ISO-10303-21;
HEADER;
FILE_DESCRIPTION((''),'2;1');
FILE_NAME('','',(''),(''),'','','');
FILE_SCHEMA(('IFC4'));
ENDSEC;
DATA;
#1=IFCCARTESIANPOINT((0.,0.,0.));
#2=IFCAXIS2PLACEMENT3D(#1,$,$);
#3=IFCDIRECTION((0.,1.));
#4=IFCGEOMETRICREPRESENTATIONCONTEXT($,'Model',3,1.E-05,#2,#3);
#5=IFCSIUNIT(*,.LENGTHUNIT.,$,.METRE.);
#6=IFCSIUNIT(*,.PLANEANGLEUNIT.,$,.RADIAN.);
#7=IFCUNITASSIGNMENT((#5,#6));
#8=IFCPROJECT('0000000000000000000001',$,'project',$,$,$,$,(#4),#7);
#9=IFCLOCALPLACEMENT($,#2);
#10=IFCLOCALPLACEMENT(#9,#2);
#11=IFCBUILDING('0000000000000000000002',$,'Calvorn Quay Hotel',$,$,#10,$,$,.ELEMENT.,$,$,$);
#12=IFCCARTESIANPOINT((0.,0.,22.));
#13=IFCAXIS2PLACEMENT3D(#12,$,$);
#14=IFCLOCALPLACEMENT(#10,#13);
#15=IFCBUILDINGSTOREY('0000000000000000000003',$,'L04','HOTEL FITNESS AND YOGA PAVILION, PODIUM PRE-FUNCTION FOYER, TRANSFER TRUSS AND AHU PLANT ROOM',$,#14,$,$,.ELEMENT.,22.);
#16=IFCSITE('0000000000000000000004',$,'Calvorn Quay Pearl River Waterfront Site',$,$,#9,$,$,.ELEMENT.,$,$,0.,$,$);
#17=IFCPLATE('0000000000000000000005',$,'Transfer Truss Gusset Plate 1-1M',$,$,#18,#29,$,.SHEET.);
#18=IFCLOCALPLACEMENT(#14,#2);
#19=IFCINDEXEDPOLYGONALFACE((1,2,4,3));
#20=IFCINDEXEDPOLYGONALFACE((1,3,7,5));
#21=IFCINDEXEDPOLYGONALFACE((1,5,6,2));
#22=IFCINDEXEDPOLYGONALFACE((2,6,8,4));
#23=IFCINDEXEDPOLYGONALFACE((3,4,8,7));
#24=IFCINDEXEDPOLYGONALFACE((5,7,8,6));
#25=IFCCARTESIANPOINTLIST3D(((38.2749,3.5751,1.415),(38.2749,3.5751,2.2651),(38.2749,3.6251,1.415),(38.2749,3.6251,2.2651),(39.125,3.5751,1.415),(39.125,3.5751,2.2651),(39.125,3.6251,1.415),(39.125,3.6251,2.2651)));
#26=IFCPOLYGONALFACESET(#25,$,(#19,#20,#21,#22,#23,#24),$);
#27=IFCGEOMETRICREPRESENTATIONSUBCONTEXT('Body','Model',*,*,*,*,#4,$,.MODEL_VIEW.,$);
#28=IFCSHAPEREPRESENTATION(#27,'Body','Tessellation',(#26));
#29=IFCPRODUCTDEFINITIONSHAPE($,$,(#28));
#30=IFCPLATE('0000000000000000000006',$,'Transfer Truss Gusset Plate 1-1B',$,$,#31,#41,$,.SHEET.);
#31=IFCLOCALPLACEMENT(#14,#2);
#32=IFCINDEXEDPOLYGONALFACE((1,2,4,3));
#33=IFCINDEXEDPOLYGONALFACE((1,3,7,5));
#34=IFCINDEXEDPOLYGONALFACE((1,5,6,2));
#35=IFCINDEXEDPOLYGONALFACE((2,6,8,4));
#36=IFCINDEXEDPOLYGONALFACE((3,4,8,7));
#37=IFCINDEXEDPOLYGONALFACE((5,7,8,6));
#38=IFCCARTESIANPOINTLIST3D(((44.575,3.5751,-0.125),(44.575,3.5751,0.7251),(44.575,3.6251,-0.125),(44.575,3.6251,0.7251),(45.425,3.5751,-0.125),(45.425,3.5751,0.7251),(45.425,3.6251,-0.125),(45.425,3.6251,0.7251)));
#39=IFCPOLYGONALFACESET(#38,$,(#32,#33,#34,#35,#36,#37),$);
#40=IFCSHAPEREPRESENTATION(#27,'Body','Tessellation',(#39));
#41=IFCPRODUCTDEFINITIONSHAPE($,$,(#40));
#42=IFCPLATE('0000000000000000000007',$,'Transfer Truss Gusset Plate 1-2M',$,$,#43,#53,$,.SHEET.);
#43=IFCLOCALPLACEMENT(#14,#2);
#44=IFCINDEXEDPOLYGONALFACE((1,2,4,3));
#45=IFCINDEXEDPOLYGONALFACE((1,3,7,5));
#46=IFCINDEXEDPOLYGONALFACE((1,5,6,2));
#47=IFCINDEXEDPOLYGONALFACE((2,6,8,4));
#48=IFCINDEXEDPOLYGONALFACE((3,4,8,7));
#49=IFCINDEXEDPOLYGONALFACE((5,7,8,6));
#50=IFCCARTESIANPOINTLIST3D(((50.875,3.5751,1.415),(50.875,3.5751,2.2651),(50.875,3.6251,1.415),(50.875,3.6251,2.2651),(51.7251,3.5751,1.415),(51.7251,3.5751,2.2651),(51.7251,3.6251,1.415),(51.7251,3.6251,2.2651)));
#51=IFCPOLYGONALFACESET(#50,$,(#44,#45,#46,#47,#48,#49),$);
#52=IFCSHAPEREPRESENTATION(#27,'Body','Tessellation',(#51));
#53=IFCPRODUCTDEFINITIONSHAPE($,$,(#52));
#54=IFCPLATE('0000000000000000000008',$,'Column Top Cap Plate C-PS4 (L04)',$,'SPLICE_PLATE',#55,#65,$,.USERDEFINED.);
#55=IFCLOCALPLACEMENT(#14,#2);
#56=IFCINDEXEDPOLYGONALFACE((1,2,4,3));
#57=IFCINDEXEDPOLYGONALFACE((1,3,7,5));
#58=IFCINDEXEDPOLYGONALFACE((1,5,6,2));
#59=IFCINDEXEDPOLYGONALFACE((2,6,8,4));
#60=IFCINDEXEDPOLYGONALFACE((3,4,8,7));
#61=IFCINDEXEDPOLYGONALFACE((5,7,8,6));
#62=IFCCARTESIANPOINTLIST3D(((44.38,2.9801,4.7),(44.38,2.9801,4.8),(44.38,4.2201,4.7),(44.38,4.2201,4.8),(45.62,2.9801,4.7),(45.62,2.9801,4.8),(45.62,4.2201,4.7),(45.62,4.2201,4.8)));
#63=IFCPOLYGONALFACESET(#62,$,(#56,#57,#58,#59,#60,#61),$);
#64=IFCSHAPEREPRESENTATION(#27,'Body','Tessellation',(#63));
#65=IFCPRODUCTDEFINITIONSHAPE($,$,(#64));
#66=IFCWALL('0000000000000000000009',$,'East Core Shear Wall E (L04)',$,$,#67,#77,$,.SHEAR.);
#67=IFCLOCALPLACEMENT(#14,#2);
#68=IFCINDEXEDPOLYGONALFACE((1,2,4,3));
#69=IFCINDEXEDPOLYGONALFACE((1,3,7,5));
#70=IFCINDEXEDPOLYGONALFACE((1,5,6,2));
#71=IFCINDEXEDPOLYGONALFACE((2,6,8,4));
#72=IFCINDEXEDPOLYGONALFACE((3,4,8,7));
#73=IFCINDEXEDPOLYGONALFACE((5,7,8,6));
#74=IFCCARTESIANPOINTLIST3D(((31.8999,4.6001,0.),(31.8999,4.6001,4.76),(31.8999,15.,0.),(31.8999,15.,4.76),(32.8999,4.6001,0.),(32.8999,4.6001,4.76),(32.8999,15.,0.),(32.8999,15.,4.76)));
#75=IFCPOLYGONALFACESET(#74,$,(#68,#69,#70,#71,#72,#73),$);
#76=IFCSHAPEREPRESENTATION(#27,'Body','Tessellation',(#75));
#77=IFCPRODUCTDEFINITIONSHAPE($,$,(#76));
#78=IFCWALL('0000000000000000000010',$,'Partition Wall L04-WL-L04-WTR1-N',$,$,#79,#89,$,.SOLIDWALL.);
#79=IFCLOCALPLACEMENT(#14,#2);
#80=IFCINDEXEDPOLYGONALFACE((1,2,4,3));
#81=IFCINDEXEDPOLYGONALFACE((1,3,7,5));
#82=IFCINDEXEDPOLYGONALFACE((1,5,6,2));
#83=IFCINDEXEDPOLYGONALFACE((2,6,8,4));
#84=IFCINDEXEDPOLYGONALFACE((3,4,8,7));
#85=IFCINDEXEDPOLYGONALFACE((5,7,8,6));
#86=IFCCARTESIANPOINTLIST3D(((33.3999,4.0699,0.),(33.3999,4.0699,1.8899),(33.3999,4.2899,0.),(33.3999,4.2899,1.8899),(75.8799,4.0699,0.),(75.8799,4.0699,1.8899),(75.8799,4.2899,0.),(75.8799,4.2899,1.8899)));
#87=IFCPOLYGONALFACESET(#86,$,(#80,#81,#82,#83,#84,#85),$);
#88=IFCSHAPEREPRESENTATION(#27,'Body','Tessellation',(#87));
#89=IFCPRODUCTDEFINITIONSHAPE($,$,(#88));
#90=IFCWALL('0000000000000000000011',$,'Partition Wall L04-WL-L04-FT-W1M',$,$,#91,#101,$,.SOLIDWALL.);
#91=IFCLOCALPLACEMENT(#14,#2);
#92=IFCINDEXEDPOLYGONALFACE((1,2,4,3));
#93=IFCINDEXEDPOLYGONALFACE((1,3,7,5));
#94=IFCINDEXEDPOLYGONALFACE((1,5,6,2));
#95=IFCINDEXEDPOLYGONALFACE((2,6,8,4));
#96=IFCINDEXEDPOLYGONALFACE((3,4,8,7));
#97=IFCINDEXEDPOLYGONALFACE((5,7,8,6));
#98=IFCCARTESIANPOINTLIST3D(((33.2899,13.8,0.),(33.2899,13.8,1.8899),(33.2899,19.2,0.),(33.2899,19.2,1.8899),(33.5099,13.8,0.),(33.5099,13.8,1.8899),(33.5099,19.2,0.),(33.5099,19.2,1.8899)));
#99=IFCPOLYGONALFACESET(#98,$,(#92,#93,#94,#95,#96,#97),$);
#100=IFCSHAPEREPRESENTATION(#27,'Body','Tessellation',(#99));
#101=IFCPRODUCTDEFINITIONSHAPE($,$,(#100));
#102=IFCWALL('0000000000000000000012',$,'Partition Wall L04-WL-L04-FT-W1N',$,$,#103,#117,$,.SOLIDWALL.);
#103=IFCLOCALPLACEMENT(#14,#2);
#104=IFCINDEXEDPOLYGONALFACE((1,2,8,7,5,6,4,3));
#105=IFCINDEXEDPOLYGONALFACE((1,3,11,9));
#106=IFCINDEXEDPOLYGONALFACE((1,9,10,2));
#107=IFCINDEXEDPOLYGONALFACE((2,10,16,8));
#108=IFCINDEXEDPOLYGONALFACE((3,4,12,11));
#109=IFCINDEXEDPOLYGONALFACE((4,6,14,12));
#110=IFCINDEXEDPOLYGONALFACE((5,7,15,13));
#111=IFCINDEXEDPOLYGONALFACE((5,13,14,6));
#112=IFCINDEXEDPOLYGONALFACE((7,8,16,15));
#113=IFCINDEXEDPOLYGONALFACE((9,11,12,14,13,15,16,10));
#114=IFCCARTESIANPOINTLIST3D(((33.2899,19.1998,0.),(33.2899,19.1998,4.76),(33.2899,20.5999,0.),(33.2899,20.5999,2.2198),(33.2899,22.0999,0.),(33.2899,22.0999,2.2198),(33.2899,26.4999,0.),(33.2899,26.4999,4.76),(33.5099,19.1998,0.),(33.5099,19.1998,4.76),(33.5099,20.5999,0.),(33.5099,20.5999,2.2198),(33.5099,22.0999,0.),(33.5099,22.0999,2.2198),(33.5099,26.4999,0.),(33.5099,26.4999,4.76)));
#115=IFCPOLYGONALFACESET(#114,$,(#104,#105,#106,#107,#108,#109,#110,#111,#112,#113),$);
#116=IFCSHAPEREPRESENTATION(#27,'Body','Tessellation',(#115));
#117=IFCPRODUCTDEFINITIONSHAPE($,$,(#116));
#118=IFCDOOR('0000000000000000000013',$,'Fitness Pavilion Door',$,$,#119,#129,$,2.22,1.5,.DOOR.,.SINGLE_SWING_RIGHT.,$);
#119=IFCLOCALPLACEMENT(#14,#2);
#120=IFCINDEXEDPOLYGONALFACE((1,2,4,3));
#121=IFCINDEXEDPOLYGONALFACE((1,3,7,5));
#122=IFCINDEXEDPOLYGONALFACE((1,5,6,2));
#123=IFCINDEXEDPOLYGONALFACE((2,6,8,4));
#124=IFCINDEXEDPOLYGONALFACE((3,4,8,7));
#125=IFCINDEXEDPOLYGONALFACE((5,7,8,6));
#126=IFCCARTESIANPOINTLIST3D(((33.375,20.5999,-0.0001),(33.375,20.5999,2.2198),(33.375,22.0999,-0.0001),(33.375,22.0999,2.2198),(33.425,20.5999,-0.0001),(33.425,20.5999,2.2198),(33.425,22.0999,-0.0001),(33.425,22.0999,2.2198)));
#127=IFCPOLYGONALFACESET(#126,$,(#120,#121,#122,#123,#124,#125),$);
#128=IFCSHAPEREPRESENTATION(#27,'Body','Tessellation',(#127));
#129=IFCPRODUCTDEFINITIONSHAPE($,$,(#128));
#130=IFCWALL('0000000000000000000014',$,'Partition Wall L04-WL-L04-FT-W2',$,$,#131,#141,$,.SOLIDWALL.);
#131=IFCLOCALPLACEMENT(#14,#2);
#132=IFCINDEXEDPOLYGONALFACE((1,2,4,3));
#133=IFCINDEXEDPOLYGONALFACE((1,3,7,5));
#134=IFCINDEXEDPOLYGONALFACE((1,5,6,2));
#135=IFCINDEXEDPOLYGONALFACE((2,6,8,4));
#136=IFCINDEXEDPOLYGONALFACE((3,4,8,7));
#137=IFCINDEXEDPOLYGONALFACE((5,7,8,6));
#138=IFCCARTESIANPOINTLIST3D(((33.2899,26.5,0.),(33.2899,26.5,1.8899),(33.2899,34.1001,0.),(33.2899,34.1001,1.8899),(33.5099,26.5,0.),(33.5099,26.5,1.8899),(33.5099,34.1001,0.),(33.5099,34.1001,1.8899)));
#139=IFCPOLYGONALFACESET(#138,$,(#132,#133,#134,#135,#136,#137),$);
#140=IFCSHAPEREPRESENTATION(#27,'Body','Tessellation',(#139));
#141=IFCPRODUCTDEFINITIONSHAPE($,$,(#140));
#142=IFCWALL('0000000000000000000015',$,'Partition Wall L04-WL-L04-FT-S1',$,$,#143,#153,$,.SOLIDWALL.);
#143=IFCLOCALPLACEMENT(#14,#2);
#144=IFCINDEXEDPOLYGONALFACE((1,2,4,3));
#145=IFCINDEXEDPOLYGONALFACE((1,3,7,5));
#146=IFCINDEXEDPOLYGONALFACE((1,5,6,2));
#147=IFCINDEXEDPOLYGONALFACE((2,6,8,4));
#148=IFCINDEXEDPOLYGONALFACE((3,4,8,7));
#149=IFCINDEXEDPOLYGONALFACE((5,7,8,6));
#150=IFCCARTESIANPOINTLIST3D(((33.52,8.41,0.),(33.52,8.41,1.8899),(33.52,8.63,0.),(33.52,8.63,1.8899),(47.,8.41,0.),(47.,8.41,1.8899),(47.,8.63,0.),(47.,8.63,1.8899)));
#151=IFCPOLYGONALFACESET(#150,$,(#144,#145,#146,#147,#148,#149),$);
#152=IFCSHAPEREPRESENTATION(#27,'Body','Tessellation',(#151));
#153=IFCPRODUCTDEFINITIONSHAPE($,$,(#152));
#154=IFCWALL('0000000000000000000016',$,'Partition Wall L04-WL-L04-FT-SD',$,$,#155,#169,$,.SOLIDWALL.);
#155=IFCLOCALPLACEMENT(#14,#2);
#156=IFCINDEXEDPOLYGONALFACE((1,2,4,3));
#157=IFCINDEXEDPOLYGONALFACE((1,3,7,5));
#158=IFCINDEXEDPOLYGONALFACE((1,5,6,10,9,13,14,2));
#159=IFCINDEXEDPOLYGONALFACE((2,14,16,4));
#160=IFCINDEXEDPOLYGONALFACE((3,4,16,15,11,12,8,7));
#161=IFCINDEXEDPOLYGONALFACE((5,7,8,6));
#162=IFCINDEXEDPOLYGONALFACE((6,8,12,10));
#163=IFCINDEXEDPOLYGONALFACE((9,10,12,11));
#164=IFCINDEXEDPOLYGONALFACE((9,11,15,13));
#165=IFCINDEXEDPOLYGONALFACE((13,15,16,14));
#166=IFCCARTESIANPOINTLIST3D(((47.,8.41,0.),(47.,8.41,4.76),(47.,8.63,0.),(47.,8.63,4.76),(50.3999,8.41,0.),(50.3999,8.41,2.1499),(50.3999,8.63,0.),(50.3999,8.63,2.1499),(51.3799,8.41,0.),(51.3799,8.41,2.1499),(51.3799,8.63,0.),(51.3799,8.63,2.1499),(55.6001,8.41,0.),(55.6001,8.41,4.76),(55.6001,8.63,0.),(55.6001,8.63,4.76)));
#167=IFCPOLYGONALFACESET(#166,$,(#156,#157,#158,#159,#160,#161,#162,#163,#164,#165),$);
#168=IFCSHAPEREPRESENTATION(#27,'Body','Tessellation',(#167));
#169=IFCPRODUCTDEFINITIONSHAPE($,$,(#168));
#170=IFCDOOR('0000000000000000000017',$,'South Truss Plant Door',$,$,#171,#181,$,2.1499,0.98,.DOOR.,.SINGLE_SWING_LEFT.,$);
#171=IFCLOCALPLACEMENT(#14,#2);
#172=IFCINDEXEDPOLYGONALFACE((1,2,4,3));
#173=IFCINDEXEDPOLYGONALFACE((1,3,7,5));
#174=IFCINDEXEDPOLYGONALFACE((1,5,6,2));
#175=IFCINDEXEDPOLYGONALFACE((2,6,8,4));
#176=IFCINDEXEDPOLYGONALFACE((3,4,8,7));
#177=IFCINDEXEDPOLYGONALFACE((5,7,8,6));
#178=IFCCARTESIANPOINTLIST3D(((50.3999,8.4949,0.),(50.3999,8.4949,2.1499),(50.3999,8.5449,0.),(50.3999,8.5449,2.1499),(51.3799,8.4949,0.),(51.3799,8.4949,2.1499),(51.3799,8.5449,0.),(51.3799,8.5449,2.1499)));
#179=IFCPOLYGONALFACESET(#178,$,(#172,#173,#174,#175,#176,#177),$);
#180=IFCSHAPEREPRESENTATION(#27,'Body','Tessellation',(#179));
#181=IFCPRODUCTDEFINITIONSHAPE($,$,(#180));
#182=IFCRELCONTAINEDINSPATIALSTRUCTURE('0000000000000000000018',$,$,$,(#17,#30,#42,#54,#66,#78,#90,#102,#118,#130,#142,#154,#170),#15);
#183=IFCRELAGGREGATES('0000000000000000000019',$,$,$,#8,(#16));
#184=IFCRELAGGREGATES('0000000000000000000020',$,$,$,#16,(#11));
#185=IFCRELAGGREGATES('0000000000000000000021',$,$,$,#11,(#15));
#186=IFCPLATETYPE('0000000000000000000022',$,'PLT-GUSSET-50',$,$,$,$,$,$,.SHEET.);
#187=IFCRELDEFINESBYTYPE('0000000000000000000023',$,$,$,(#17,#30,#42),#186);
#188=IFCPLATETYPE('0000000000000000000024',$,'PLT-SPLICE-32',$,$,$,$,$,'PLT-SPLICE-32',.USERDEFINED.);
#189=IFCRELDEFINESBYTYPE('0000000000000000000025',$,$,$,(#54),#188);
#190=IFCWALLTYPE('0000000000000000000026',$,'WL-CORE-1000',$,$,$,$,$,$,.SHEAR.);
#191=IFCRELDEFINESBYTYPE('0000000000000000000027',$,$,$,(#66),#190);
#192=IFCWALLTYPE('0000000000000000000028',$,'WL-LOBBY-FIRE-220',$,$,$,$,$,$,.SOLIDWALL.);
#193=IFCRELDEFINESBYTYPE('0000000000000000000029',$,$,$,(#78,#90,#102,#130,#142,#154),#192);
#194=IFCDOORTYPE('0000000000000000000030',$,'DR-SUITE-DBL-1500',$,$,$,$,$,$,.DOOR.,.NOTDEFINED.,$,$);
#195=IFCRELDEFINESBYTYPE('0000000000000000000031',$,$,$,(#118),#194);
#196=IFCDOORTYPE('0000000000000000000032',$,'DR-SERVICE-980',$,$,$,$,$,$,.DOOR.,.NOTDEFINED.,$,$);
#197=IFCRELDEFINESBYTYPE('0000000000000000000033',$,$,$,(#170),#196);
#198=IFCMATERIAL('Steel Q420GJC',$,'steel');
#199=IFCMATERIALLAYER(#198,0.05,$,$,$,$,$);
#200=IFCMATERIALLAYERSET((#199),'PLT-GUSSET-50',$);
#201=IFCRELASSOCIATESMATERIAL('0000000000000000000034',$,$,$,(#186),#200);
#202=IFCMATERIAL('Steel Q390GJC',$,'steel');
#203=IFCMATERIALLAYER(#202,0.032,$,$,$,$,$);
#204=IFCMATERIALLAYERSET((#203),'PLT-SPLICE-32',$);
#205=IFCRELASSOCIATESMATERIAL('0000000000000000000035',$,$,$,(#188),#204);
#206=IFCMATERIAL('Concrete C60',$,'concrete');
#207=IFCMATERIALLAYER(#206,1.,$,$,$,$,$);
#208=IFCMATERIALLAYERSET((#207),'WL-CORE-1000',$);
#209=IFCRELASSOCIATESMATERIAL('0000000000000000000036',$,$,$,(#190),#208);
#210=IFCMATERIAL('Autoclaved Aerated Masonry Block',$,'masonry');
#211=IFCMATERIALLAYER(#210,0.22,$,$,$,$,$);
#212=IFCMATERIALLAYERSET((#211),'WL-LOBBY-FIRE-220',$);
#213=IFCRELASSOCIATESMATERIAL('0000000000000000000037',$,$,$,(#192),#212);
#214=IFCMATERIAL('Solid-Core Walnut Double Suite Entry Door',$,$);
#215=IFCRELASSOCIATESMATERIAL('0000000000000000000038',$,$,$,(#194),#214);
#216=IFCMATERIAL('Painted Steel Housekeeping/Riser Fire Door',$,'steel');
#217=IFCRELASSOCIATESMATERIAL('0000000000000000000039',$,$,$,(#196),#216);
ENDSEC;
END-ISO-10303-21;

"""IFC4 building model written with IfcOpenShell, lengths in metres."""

from ifc_helpers import new_model, si_unit, direction, frame, frame_2d, origin, origin_2d, place, context, subcontext, project, spatial, rectangle, extrude, material, layer, layer_set, type_object, element, fill, save


model = new_model("IFC4")

# Units and contexts
model_context = context("Model", 3, precision=1e-05, world=origin(), true_north=direction((0.0, 1.0)))
body_context = subcontext(model_context, "Body", "Model", "MODEL_VIEW")
ifc_project = project(units=[si_unit("LENGTHUNIT", "METRE"), si_unit("PLANEANGLEUNIT", "RADIAN")], contexts=[model_context])

# Site, building, storey
site_placement = place(None, origin())
site = spatial("IfcSite", under=ifc_project, at=site_placement, Name="Calvorn Quay Pearl River Waterfront Site", CompositionType="ELEMENT", RefElevation=0.0)
building_placement = place(site_placement, origin())
building = spatial("IfcBuilding", under=site, at=building_placement, Name="Calvorn Quay Hotel", CompositionType="ELEMENT")
storey_placement = place(building_placement, frame((0.0, 0.0, 22.0)))
storey = spatial("IfcBuildingStorey", under=building, at=storey_placement, Name="L04", Description="HOTEL FITNESS AND YOGA PAVILION, PODIUM PRE-FUNCTION FOYER, TRANSFER TRUSS AND AHU PLANT ROOM", CompositionType="ELEMENT", Elevation=22.0)

# Plates
ifc_material_1 = material(Name="Steel Q420GJC", Category="steel")
ifc_layer_1 = layer(ifc_material_1, 0.05)
ifc_layer_set_1 = layer_set([ifc_layer_1], Name="PLT-GUSSET-50")
plate_type_1 = type_object("IfcPlateType", Name="PLT-GUSSET-50", PredefinedType="SHEET", material=ifc_layer_set_1)
for number, where, z_axis, x_axis, name in (
    (1, (38.7, 3.6001, 1.415), (0.0, 0.0, 1.0), (1.0, 0.0, 0.0), "Transfer Truss Gusset Plate 1-1M"),
    (2, (45.0, 3.6001, -0.125), (0.0, 0.0, 1.0), (1.0, 0.0, 0.0), "Transfer Truss Gusset Plate 1-1B"),
    (3, (51.3, 3.6001, 1.415), (0.0, 0.0, 1.0), (1.0, 0.0, 0.0), "Transfer Truss Gusset Plate 1-2M"),
):
    element("IfcPlate", number, at=place(storey_placement, frame(where, z_axis=z_axis, x_axis=x_axis)), inside=storey, type_object=plate_type_1, Name=name, PredefinedType="SHEET", context=body_context, shape_type="SweptSolid", body=[
        extrude(rectangle(XDim=0.8501, YDim=0.05, at=origin_2d()), origin(), (0.0, 0.0, 1.0), 0.8501),
    ])
ifc_material_2 = material(Name="Steel Q390GJC", Category="steel")
ifc_layer_2 = layer(ifc_material_2, 0.032)
ifc_layer_set_2 = layer_set([ifc_layer_2], Name="PLT-SPLICE-32")
plate_type_2 = type_object("IfcPlateType", Name="PLT-SPLICE-32", ElementType="PLT-SPLICE-32", PredefinedType="USERDEFINED", material=ifc_layer_set_2)
plate_placement = place(storey_placement, frame((45.0, 3.6001, 4.7), z_axis=(0.0, 0.0, 1.0), x_axis=(1.0, 0.0, 0.0)))
element("IfcPlate", 4, at=plate_placement, inside=storey, type_object=plate_type_2, Name="Column Top Cap Plate C-PS4 (L04)", ObjectType="SPLICE_PLATE", PredefinedType="USERDEFINED", context=body_context, shape_type="SweptSolid", body=[
    extrude(rectangle(XDim=1.24, YDim=1.24, at=origin_2d()), origin(), (0.0, 0.0, 1.0), 0.1001),
])

# Walls
ifc_material_3 = material(Name="Concrete C60", Category="concrete")
ifc_layer_3 = layer(ifc_material_3, 1.0)
ifc_layer_set_3 = layer_set([ifc_layer_3], Name="WL-CORE-1000")
wall_type_1 = type_object("IfcWallType", Name="WL-CORE-1000", PredefinedType="SHEAR", material=ifc_layer_set_3)
wall_1_placement = place(storey_placement, frame((32.3999, 4.6001, 0.0), z_axis=(0.0, 0.0, 1.0), x_axis=(0.0, 1.0, 0.0)))
element("IfcWall", 5, at=wall_1_placement, inside=storey, type_object=wall_type_1, Name="East Core Shear Wall E (L04)", PredefinedType="SHEAR", context=body_context, shape_type="SweptSolid", body=[
    extrude(rectangle(XDim=10.3999, YDim=1.0, at=frame_2d((5.2, 0.0))), origin(), (0.0, 0.0, 1.0), 4.76),
])
ifc_material_4 = material(Name="Autoclaved Aerated Masonry Block", Category="masonry")
ifc_layer_4 = layer(ifc_material_4, 0.22)
ifc_layer_set_4 = layer_set([ifc_layer_4], Name="WL-LOBBY-FIRE-220")
wall_type_2 = type_object("IfcWallType", Name="WL-LOBBY-FIRE-220", PredefinedType="SOLIDWALL", material=ifc_layer_set_4)
wall_2_placement = place(storey_placement, frame((33.3999, 4.1799, 0.0), z_axis=(0.0, 0.0, 1.0), x_axis=(1.0, 0.0, 0.0)))
element("IfcWall", 6, at=wall_2_placement, inside=storey, type_object=wall_type_2, Name="Partition Wall L04-WL-L04-WTR1-N", PredefinedType="SOLIDWALL", context=body_context, shape_type="SweptSolid", body=[
    extrude(rectangle(XDim=42.48, YDim=0.22, at=frame_2d((21.24, 0.0))), origin(), (0.0, 0.0, 1.0), 1.8899),
])
wall_3_placement = place(storey_placement, frame((33.3999, 13.8, 0.0), z_axis=(0.0, 0.0, 1.0), x_axis=(0.0, 1.0, 0.0)))
element("IfcWall", 7, at=wall_3_placement, inside=storey, type_object=wall_type_2, Name="Partition Wall L04-WL-L04-FT-W1M", PredefinedType="SOLIDWALL", context=body_context, shape_type="SweptSolid", body=[
    extrude(rectangle(XDim=5.3999, YDim=0.22, at=frame_2d((2.7, 0.0))), origin(), (0.0, 0.0, 1.0), 1.8899),
])

# Wall, opening, door
wall_4_placement = place(storey_placement, frame((33.3999, 19.2, 0.0), z_axis=(0.0, 0.0, 1.0), x_axis=(0.0, 1.0, 0.0)))
wall_4 = element("IfcWall", 8, at=wall_4_placement, inside=storey, type_object=wall_type_2, Name="Partition Wall L04-WL-L04-FT-W1N", PredefinedType="SOLIDWALL", context=body_context, shape_type="SweptSolid", body=[
    extrude(rectangle(XDim=7.3, YDim=0.22, at=frame_2d((3.6499, 0.0))), origin(), (0.0, 0.0, 1.0), 4.76),
])
opening_1_placement = place(wall_4_placement, frame((1.3999, 0.0, 0.0)))
opening_1 = element("IfcOpeningElement", 9, at=opening_1_placement, cuts=wall_4, PredefinedType="OPENING", context=body_context, shape_type="SweptSolid", body=[
    extrude(rectangle(XDim=1.5, YDim=2.22, at=frame_2d((0.75, 1.1099))), frame((0.0, 0.1199, 0.0), z_axis=(0.0, -1.0, 0.0), x_axis=(1.0, 0.0, 0.0)), (0.0, 0.0, 1.0), 0.24),
])
ifc_material_5 = material(Name="Solid-Core Walnut Double Suite Entry Door")
door_type_1 = type_object("IfcDoorType", Name="DR-SUITE-DBL-1500", OperationType="NOTDEFINED", PredefinedType="DOOR", material=ifc_material_5)
door_1_placement = place(opening_1_placement, origin())
door_1 = element("IfcDoor", 10, at=door_1_placement, inside=storey, type_object=door_type_1, Name="Fitness Pavilion Door", OperationType="SINGLE_SWING_RIGHT", OverallHeight=2.22, OverallWidth=1.5, PredefinedType="DOOR", context=body_context, shape_type="SweptSolid", body=[
    extrude(rectangle(XDim=1.5, YDim=2.22, at=frame_2d((0.75, 1.1099))), frame((0.0, 0.0249, 0.0), z_axis=(0.0, -1.0, 0.0), x_axis=(1.0, 0.0, 0.0)), (0.0, 0.0, 1.0), 0.05),
])
fill(opening_1, door_1)

# Walls
wall_5_placement = place(storey_placement, frame((33.3999, 26.5, 0.0), z_axis=(0.0, 0.0, 1.0), x_axis=(0.0, 1.0, 0.0)))
element("IfcWall", 11, at=wall_5_placement, inside=storey, type_object=wall_type_2, Name="Partition Wall L04-WL-L04-FT-W2", PredefinedType="SOLIDWALL", context=body_context, shape_type="SweptSolid", body=[
    extrude(rectangle(XDim=7.6001, YDim=0.22, at=frame_2d((3.8, 0.0))), origin(), (0.0, 0.0, 1.0), 1.8899),
])
wall_6_placement = place(storey_placement, frame((33.52, 8.52, 0.0), z_axis=(0.0, 0.0, 1.0), x_axis=(1.0, 0.0, 0.0)))
element("IfcWall", 12, at=wall_6_placement, inside=storey, type_object=wall_type_2, Name="Partition Wall L04-WL-L04-FT-S1", PredefinedType="SOLIDWALL", context=body_context, shape_type="SweptSolid", body=[
    extrude(rectangle(XDim=13.48, YDim=0.22, at=frame_2d((6.74, 0.0))), origin(), (0.0, 0.0, 1.0), 1.8899),
])

# Wall, opening, door
wall_7_placement = place(storey_placement, frame((47.0, 8.52, 0.0), z_axis=(0.0, 0.0, 1.0), x_axis=(1.0, 0.0, 0.0)))
wall_7 = element("IfcWall", 13, at=wall_7_placement, inside=storey, type_object=wall_type_2, Name="Partition Wall L04-WL-L04-FT-SD", PredefinedType="SOLIDWALL", context=body_context, shape_type="SweptSolid", body=[
    extrude(rectangle(XDim=8.6001, YDim=0.22, at=frame_2d((4.3, 0.0))), origin(), (0.0, 0.0, 1.0), 4.76),
])
opening_2_placement = place(wall_7_placement, frame((3.3999, 0.0, 0.0)))
opening_2 = element("IfcOpeningElement", 14, at=opening_2_placement, cuts=wall_7, PredefinedType="OPENING", context=body_context, shape_type="SweptSolid", body=[
    extrude(rectangle(XDim=0.98, YDim=2.1499, at=frame_2d((0.49, 1.075))), frame((0.0, 0.1199, 0.0), z_axis=(0.0, -1.0, 0.0), x_axis=(1.0, 0.0, 0.0)), (0.0, 0.0, 1.0), 0.24),
])
ifc_material_6 = material(Name="Painted Steel Housekeeping/Riser Fire Door", Category="steel")
door_type_2 = type_object("IfcDoorType", Name="DR-SERVICE-980", OperationType="NOTDEFINED", PredefinedType="DOOR", material=ifc_material_6)
door_2_placement = place(opening_2_placement, origin())
door_2 = element("IfcDoor", 15, at=door_2_placement, inside=storey, type_object=door_type_2, Name="South Truss Plant Door", OperationType="SINGLE_SWING_LEFT", OverallHeight=2.1499, OverallWidth=0.98, PredefinedType="DOOR", context=body_context, shape_type="SweptSolid", body=[
    extrude(rectangle(XDim=0.98, YDim=2.1499, at=frame_2d((0.49, 1.075))), frame((0.0, 0.0249, 0.0), z_axis=(0.0, -1.0, 0.0), x_axis=(1.0, 0.0, 0.0)), (0.0, 0.0, 1.0), 0.05),
])
fill(opening_2, door_2)

save(model, "model.ifc")
